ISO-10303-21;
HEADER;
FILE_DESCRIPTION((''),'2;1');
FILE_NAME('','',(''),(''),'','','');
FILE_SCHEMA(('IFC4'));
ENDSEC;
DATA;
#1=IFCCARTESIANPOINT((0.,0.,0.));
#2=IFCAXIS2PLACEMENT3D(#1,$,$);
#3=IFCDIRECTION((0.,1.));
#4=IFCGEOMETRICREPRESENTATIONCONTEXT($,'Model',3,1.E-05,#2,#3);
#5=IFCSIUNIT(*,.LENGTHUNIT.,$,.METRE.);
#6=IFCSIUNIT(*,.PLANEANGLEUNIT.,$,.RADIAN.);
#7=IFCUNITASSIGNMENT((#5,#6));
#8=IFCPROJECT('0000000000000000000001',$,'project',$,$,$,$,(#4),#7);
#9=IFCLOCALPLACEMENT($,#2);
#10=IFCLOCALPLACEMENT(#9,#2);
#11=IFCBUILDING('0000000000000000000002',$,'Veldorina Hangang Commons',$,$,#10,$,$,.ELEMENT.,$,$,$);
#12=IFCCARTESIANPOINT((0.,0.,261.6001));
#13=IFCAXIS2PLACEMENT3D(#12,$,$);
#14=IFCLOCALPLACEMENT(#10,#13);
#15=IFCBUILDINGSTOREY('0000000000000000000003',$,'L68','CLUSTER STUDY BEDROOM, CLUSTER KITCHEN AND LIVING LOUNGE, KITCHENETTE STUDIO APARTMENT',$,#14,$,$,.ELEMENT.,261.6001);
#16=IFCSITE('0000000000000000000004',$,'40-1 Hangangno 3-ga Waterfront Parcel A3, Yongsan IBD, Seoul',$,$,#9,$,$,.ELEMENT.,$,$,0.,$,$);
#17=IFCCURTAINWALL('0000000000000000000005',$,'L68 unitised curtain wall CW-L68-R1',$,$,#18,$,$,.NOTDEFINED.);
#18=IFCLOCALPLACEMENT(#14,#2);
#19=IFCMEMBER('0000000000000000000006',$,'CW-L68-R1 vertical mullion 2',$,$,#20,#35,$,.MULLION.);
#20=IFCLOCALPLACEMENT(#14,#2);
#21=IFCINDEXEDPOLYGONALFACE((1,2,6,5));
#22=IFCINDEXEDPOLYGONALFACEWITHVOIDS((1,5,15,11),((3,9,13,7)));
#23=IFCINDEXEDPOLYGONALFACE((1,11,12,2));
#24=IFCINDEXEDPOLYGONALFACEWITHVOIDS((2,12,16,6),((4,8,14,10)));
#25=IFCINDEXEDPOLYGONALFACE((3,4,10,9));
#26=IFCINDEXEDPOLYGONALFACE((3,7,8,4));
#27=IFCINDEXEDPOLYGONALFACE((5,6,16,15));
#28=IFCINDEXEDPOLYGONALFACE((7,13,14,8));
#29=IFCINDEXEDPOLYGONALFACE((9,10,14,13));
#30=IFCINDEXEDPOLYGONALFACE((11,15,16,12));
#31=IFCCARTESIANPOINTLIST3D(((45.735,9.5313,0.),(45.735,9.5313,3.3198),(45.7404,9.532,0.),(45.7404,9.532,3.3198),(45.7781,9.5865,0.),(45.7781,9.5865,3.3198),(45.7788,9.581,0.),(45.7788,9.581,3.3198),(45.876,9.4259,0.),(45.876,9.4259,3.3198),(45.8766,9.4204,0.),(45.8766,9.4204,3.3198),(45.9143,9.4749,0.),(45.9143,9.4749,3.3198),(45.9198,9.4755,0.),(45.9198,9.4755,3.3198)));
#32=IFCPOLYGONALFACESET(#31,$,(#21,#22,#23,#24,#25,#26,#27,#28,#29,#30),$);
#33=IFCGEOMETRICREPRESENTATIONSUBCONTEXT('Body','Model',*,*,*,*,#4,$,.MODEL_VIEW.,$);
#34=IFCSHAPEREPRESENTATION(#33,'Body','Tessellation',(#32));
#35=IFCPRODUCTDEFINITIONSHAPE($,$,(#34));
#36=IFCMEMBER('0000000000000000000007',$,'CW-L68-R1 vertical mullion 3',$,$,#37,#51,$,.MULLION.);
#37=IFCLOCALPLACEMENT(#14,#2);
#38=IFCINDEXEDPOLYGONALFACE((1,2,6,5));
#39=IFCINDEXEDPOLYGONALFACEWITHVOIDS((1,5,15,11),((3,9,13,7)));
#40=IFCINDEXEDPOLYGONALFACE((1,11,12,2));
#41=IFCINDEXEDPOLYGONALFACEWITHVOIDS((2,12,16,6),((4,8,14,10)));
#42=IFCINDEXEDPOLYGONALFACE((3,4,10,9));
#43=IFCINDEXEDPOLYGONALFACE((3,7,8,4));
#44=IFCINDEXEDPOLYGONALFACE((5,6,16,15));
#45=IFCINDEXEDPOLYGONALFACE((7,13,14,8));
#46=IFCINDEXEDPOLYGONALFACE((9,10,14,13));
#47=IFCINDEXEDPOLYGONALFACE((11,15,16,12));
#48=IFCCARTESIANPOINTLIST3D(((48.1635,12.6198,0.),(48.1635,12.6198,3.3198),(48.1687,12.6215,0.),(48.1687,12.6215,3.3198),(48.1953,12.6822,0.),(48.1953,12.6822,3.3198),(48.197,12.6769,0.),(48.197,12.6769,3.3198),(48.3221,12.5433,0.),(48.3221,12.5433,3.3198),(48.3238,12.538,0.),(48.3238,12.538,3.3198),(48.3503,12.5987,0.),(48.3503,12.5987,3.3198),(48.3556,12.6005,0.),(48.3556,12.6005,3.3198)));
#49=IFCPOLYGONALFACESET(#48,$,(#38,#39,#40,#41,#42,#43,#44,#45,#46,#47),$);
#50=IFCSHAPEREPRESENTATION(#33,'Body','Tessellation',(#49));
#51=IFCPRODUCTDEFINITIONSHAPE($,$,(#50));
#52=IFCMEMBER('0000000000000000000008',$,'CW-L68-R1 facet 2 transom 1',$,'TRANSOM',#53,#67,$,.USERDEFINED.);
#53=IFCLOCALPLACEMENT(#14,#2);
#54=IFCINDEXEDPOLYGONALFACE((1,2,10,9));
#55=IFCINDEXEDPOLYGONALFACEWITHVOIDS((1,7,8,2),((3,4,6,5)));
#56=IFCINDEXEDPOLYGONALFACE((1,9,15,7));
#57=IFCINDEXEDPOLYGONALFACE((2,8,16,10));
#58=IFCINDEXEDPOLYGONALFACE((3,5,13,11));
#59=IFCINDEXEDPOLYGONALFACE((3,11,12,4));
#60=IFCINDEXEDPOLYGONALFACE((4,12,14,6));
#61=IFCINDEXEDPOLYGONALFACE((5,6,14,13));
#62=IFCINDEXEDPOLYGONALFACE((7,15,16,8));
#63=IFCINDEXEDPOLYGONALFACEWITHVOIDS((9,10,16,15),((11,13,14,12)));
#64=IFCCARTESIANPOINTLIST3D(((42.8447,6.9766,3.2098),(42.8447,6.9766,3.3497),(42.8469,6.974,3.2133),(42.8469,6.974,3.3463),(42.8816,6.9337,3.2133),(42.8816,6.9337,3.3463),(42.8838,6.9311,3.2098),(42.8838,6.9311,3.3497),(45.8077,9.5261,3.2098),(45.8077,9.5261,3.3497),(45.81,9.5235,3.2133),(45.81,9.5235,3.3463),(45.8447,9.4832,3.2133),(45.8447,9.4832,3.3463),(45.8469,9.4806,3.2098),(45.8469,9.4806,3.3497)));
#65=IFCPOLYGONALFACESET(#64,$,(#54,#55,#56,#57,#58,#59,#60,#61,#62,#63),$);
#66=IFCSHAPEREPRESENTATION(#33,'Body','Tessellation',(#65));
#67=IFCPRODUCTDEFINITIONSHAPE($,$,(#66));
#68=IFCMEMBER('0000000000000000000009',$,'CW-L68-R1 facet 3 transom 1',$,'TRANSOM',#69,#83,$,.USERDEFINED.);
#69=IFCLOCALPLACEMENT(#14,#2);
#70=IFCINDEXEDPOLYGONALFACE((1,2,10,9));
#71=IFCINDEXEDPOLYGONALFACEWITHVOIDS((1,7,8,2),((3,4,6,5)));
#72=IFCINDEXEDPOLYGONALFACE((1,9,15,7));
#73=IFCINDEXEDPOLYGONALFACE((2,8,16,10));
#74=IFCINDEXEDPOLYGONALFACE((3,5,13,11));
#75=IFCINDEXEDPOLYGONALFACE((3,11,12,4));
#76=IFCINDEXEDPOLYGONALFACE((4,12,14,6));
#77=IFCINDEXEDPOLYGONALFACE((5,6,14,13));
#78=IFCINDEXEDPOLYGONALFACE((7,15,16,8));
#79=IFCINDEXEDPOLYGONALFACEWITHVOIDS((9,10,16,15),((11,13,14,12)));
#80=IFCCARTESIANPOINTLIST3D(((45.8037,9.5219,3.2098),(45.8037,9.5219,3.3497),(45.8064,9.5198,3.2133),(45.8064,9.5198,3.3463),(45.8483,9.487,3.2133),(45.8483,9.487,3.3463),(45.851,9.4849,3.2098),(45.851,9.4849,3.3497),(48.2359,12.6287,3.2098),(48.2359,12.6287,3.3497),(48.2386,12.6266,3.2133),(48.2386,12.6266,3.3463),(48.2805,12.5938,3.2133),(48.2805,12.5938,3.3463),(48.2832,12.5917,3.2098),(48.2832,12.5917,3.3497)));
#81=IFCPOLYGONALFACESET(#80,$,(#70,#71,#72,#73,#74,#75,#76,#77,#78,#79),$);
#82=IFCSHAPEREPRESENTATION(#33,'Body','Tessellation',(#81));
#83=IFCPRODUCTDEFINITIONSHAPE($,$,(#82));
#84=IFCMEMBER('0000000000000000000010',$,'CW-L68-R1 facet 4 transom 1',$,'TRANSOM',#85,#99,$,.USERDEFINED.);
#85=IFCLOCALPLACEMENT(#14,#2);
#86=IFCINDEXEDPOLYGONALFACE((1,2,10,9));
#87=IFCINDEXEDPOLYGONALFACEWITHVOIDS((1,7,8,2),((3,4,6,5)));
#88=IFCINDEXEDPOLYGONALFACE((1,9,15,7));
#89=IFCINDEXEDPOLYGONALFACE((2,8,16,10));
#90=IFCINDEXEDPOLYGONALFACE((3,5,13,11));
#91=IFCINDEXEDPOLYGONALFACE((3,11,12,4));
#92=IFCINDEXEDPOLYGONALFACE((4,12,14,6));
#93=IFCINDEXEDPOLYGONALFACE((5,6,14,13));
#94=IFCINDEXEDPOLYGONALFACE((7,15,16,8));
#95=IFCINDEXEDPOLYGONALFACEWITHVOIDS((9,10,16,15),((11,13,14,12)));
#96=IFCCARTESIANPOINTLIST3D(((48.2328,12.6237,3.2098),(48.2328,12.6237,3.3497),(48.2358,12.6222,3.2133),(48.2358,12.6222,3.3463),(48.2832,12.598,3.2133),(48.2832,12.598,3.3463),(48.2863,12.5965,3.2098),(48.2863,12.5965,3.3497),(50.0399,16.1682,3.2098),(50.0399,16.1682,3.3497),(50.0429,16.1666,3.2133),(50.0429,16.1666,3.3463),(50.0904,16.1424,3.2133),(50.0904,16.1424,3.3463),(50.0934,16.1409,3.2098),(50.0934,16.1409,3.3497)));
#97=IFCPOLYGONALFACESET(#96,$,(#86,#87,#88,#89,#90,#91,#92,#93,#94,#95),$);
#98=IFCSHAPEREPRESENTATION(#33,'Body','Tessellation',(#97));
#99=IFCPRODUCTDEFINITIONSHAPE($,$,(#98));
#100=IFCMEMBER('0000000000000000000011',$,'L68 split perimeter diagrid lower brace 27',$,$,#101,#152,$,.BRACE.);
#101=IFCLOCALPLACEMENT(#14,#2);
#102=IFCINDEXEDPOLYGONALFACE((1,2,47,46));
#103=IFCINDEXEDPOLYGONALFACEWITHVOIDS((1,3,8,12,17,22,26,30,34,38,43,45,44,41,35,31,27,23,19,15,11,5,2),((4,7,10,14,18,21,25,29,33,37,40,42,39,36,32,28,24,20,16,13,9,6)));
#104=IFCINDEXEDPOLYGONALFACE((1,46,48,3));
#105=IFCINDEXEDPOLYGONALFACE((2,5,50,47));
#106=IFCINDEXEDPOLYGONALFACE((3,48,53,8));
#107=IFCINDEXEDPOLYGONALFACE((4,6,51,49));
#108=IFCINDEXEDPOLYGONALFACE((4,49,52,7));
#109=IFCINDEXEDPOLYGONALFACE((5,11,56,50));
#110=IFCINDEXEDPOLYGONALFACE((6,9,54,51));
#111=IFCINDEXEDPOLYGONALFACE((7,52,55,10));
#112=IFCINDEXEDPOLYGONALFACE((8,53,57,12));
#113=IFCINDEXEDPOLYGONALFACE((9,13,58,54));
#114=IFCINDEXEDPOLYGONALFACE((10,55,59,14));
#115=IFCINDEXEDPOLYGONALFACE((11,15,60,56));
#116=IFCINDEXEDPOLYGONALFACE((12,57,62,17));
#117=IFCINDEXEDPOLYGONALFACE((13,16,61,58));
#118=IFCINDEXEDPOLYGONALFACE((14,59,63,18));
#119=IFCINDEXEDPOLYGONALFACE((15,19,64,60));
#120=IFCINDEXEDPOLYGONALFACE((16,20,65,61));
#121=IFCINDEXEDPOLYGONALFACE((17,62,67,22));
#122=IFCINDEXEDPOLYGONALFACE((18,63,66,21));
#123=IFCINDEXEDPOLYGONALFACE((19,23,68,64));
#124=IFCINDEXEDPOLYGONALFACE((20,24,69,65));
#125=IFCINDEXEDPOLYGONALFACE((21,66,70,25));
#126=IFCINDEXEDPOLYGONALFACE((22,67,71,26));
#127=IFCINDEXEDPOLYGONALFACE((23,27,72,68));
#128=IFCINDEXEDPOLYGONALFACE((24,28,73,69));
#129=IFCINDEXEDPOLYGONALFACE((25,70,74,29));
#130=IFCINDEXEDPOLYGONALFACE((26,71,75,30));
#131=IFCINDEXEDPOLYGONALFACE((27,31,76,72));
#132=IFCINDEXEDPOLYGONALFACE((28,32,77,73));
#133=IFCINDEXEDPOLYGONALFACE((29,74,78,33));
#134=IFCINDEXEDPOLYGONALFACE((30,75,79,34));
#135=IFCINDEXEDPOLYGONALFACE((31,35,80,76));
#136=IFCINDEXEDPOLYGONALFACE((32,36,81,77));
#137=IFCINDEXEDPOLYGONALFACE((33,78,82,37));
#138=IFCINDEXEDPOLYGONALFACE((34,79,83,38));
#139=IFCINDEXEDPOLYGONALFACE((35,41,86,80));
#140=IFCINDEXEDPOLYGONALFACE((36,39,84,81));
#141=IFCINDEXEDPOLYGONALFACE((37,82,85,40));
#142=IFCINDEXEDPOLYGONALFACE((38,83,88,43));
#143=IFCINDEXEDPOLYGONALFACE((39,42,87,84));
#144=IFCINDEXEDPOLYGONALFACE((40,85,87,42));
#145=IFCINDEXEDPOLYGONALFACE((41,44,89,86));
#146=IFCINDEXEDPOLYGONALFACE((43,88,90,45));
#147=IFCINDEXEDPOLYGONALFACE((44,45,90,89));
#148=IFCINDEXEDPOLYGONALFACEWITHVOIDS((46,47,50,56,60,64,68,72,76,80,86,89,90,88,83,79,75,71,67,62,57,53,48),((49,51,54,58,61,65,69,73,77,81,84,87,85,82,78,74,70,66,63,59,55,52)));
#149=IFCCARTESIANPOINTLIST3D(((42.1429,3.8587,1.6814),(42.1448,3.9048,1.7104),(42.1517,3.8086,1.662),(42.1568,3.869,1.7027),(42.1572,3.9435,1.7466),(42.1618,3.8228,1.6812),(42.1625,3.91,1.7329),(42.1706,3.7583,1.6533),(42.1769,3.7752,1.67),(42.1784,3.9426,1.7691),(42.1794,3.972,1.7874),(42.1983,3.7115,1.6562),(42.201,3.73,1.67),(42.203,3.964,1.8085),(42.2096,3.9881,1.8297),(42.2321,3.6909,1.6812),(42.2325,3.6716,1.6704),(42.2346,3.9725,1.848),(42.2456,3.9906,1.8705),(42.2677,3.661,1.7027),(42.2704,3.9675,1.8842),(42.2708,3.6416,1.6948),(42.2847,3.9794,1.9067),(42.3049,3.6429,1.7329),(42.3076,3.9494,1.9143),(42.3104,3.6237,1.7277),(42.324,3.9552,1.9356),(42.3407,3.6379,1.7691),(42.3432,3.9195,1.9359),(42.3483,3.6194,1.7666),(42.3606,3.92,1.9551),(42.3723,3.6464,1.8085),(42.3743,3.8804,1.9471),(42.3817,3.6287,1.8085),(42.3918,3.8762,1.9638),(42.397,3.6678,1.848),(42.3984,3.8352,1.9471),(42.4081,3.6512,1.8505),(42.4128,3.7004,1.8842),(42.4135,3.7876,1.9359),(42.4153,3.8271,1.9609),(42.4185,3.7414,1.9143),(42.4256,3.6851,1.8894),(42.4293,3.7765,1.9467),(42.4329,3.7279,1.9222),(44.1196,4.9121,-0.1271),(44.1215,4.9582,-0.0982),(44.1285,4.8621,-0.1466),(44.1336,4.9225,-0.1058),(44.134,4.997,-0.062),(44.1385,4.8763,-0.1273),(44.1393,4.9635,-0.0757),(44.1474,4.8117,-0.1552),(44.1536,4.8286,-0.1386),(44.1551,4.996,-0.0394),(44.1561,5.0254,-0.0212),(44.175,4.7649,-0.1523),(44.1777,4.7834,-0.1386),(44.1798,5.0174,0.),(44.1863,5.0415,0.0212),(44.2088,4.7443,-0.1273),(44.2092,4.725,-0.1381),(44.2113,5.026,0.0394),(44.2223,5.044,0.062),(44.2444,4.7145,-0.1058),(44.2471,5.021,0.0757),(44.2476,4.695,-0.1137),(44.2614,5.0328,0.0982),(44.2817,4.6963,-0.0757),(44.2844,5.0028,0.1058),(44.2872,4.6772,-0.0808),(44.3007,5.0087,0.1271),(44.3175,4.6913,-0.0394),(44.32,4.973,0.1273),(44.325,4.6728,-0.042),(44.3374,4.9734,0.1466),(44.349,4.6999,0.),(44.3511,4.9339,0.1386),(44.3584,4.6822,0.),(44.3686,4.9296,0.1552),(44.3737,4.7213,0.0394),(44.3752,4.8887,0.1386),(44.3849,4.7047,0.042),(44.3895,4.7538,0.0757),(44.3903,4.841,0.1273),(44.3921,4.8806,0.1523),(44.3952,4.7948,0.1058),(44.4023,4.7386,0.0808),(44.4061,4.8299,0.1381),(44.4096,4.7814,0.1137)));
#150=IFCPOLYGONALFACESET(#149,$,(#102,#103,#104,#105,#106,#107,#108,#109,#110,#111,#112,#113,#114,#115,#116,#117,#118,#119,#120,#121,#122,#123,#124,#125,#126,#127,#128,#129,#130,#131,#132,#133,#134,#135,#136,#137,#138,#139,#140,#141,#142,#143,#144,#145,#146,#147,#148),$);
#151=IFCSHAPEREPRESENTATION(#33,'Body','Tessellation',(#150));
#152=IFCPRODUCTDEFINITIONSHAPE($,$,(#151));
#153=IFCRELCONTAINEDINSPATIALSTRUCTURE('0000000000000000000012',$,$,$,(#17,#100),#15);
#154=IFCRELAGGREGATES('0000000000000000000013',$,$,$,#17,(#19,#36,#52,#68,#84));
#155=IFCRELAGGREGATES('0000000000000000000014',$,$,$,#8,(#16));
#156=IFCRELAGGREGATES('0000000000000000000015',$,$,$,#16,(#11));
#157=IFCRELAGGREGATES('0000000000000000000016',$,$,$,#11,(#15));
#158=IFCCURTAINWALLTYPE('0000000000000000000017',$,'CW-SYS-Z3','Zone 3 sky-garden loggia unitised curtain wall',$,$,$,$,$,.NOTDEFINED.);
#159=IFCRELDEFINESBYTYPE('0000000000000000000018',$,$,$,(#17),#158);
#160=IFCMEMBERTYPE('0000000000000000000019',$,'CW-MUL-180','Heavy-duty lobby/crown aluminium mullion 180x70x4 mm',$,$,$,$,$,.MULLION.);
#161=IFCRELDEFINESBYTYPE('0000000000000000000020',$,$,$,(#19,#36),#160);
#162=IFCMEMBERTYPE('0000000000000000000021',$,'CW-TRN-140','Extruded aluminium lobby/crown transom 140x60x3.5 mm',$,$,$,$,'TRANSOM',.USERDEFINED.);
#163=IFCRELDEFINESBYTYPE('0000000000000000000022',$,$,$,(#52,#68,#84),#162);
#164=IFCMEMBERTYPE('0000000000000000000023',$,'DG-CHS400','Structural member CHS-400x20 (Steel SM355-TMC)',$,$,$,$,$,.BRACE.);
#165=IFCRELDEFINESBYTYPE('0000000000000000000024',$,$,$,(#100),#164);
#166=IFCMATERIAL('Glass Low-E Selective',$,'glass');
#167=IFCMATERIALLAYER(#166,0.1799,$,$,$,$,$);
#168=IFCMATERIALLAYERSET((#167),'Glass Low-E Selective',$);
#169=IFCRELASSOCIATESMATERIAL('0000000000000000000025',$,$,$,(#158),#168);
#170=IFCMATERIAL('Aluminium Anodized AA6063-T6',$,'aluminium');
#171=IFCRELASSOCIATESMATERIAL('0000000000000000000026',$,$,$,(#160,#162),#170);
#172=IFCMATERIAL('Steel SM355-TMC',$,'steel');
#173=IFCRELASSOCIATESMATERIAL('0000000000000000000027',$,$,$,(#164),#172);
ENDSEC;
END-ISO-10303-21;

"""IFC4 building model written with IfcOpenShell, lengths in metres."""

from ifc_helpers import new_model, si_unit, direction, frame, origin, origin_2d, place, context, subcontext, project, spatial, hollow_rectangle, hollow_circle, extrude, material, layer, layer_set, material_profile, profile_set, type_object, element, aggregate, save


model = new_model("IFC4")

# Units and contexts
model_context = context("Model", 3, precision=1e-05, world=origin(), true_north=direction((0.0, 1.0)))
body_context = subcontext(model_context, "Body", "Model", "MODEL_VIEW")
ifc_project = project(units=[si_unit("LENGTHUNIT", "METRE"), si_unit("PLANEANGLEUNIT", "RADIAN")], contexts=[model_context])

# Site, building, storey
site_placement = place(None, origin())
site = spatial("IfcSite", under=ifc_project, at=site_placement, Name="40-1 Hangangno 3-ga Waterfront Parcel A3, Yongsan IBD, Seoul", CompositionType="ELEMENT", RefElevation=0.0)
building_placement = place(site_placement, origin())
building = spatial("IfcBuilding", under=site, at=building_placement, Name="Veldorina Hangang Commons", CompositionType="ELEMENT")
storey_placement = place(building_placement, frame((0.0, 0.0, 261.6001)))
storey = spatial("IfcBuildingStorey", under=building, at=storey_placement, Name="L68", Description="CLUSTER STUDY BEDROOM, CLUSTER KITCHEN AND LIVING LOUNGE, KITCHENETTE STUDIO APARTMENT", CompositionType="ELEMENT", Elevation=261.6001)

# Shared definitions
ifc_material_1 = material(Name="Steel SM355-TMC", Category="steel")

# Curtain wall, members
ifc_material_2 = material(Name="Glass Low-E Selective", Category="glass")
ifc_layer_1 = layer(ifc_material_2, 0.1799)
ifc_layer_set_1 = layer_set([ifc_layer_1], Name="Glass Low-E Selective")
curtain_wall_type = type_object("IfcCurtainWallType", Name="CW-SYS-Z3", Description="Zone 3 sky-garden loggia unitised curtain wall", PredefinedType="NOTDEFINED", material=ifc_layer_set_1)
curtain_wall_placement = place(storey_placement, origin())
curtain_wall = element("IfcCurtainWall", 1, at=curtain_wall_placement, inside=storey, type_object=curtain_wall_type, Name="L68 unitised curtain wall CW-L68-R1", PredefinedType="NOTDEFINED")
ifc_material_3 = material(Name="Aluminium Anodized AA6063-T6", Category="aluminium")
ifc_material_profile_1 = material_profile(ifc_material_3, hollow_rectangle(XDim=0.0701, YDim=0.1799, WallThickness=0.0039, at=origin_2d()), Name="ALU-RHS-180x70x4")
ifc_profile_set_1 = profile_set([ifc_material_profile_1], Name="Aluminium Anodized AA6063-T6")
member_type_1 = type_object("IfcMemberType", Name="CW-MUL-180", Description="Heavy-duty lobby/crown aluminium mullion 180x70x4 mm", PredefinedType="MULLION", material=ifc_profile_set_1)
member_1_placement = place(storey_placement, frame((45.8274, 9.5034, 0.0), z_axis=(0.0, 0.0, 1.0), x_axis=(0.616431, 0.787409, 0.0)))
member_1 = element("IfcMember", 2, at=member_1_placement, type_object=member_type_1, Name="CW-L68-R1 vertical mullion 2", PredefinedType="MULLION", context=body_context, shape_type="SweptSolid", body=[
    extrude(hollow_rectangle(XDim=0.0701, YDim=0.1799, WallThickness=0.0039, at=origin_2d()), origin(), (0.0, 0.0, 1.0), 3.3198),
])
member_2_placement = place(storey_placement, frame((48.2595, 12.6101, 0.0), z_axis=(0.0, 0.0, 1.0), x_axis=(0.454224, 0.890888, 0.0)))
member_2 = element("IfcMember", 3, at=member_2_placement, type_object=member_type_1, Name="CW-L68-R1 vertical mullion 3", PredefinedType="MULLION", context=body_context, shape_type="SweptSolid", body=[
    extrude(hollow_rectangle(XDim=0.0701, YDim=0.1799, WallThickness=0.0039, at=origin_2d()), origin(), (0.0, 0.0, 1.0), 3.3198),
])
ifc_material_profile_2 = material_profile(ifc_material_3, hollow_rectangle(XDim=0.0601, YDim=0.1399, WallThickness=0.0034, at=origin_2d()), Name="ALU-RHS-140x60x3.5")
ifc_profile_set_2 = profile_set([ifc_material_profile_2], Name="Aluminium Anodized AA6063-T6")
member_type_2 = type_object("IfcMemberType", Name="CW-TRN-140", Description="Extruded aluminium lobby/crown transom 140x60x3.5 mm", ElementType="TRANSOM", PredefinedType="USERDEFINED", material=ifc_profile_set_2)
member_3_placement = place(storey_placement, frame((42.8643, 6.9539, 3.2798), z_axis=(0.758025, 0.652225, 0.0), x_axis=(-0.652225, 0.758025, 0.0)))
member_3 = element("IfcMember", 4, at=member_3_placement, type_object=member_type_2, Name="CW-L68-R1 facet 2 transom 1", ObjectType="TRANSOM", PredefinedType="USERDEFINED", context=body_context, shape_type="SweptSolid", body=[
    extrude(hollow_rectangle(XDim=0.0601, YDim=0.1399, WallThickness=0.0034, at=origin_2d()), origin(), (0.0, 0.0, 1.0), 3.9089),
])
member_4_placement = place(storey_placement, frame((45.8274, 9.5034, 3.2798), z_axis=(0.616435, 0.787406, 0.0), x_axis=(-0.787406, 0.616435, 0.0)))
member_4 = element("IfcMember", 5, at=member_4_placement, type_object=member_type_2, Name="CW-L68-R1 facet 3 transom 1", ObjectType="TRANSOM", PredefinedType="USERDEFINED", context=body_context, shape_type="SweptSolid", body=[
    extrude(hollow_rectangle(XDim=0.0601, YDim=0.1399, WallThickness=0.0034, at=origin_2d()), origin(), (0.0, 0.0, 1.0), 3.9456),
])
member_5_placement = place(storey_placement, frame((48.2595, 12.6101, 3.2798), z_axis=(0.45422, 0.89089, 0.0), x_axis=(-0.89089, 0.45422, 0.0)))
member_5 = element("IfcMember", 6, at=member_5_placement, type_object=member_type_2, Name="CW-L68-R1 facet 4 transom 1", ObjectType="TRANSOM", PredefinedType="USERDEFINED", context=body_context, shape_type="SweptSolid", body=[
    extrude(hollow_rectangle(XDim=0.0601, YDim=0.1399, WallThickness=0.0034, at=origin_2d()), origin(), (0.0, 0.0, 1.0), 3.9785),
])

# Member
ifc_material_profile_3 = material_profile(ifc_material_1, hollow_circle(Radius=0.2, WallThickness=0.02, at=origin_2d()), Name="CHS-400x20")
ifc_profile_set_3 = profile_set([ifc_material_profile_3], Name="Steel SM355-TMC")
member_type_3 = type_object("IfcMemberType", Name="DG-CHS400", Description="Structural member CHS-400x20 (Steel SM355-TMC)", PredefinedType="BRACE", material=ifc_profile_set_3)
member_6_placement = place(storey_placement, frame((44.2644, 4.8586, 0.0), z_axis=(-0.686633, -0.365916, 0.628205), x_axis=(0.4703, -0.882507, 0.0)))
element("IfcMember", 7, at=member_6_placement, inside=storey, type_object=member_type_3, Name="L68 split perimeter diagrid lower brace 27", PredefinedType="BRACE", context=body_context, shape_type="SweptSolid", body=[
    extrude(hollow_circle(Radius=0.2, WallThickness=0.02, at=origin_2d()), origin(), (0.0, 0.0, 1.0), 2.8789),
])

aggregate(curtain_wall, [member_1, member_2, member_3, member_4, member_5])

save(model, "model.ifc")
